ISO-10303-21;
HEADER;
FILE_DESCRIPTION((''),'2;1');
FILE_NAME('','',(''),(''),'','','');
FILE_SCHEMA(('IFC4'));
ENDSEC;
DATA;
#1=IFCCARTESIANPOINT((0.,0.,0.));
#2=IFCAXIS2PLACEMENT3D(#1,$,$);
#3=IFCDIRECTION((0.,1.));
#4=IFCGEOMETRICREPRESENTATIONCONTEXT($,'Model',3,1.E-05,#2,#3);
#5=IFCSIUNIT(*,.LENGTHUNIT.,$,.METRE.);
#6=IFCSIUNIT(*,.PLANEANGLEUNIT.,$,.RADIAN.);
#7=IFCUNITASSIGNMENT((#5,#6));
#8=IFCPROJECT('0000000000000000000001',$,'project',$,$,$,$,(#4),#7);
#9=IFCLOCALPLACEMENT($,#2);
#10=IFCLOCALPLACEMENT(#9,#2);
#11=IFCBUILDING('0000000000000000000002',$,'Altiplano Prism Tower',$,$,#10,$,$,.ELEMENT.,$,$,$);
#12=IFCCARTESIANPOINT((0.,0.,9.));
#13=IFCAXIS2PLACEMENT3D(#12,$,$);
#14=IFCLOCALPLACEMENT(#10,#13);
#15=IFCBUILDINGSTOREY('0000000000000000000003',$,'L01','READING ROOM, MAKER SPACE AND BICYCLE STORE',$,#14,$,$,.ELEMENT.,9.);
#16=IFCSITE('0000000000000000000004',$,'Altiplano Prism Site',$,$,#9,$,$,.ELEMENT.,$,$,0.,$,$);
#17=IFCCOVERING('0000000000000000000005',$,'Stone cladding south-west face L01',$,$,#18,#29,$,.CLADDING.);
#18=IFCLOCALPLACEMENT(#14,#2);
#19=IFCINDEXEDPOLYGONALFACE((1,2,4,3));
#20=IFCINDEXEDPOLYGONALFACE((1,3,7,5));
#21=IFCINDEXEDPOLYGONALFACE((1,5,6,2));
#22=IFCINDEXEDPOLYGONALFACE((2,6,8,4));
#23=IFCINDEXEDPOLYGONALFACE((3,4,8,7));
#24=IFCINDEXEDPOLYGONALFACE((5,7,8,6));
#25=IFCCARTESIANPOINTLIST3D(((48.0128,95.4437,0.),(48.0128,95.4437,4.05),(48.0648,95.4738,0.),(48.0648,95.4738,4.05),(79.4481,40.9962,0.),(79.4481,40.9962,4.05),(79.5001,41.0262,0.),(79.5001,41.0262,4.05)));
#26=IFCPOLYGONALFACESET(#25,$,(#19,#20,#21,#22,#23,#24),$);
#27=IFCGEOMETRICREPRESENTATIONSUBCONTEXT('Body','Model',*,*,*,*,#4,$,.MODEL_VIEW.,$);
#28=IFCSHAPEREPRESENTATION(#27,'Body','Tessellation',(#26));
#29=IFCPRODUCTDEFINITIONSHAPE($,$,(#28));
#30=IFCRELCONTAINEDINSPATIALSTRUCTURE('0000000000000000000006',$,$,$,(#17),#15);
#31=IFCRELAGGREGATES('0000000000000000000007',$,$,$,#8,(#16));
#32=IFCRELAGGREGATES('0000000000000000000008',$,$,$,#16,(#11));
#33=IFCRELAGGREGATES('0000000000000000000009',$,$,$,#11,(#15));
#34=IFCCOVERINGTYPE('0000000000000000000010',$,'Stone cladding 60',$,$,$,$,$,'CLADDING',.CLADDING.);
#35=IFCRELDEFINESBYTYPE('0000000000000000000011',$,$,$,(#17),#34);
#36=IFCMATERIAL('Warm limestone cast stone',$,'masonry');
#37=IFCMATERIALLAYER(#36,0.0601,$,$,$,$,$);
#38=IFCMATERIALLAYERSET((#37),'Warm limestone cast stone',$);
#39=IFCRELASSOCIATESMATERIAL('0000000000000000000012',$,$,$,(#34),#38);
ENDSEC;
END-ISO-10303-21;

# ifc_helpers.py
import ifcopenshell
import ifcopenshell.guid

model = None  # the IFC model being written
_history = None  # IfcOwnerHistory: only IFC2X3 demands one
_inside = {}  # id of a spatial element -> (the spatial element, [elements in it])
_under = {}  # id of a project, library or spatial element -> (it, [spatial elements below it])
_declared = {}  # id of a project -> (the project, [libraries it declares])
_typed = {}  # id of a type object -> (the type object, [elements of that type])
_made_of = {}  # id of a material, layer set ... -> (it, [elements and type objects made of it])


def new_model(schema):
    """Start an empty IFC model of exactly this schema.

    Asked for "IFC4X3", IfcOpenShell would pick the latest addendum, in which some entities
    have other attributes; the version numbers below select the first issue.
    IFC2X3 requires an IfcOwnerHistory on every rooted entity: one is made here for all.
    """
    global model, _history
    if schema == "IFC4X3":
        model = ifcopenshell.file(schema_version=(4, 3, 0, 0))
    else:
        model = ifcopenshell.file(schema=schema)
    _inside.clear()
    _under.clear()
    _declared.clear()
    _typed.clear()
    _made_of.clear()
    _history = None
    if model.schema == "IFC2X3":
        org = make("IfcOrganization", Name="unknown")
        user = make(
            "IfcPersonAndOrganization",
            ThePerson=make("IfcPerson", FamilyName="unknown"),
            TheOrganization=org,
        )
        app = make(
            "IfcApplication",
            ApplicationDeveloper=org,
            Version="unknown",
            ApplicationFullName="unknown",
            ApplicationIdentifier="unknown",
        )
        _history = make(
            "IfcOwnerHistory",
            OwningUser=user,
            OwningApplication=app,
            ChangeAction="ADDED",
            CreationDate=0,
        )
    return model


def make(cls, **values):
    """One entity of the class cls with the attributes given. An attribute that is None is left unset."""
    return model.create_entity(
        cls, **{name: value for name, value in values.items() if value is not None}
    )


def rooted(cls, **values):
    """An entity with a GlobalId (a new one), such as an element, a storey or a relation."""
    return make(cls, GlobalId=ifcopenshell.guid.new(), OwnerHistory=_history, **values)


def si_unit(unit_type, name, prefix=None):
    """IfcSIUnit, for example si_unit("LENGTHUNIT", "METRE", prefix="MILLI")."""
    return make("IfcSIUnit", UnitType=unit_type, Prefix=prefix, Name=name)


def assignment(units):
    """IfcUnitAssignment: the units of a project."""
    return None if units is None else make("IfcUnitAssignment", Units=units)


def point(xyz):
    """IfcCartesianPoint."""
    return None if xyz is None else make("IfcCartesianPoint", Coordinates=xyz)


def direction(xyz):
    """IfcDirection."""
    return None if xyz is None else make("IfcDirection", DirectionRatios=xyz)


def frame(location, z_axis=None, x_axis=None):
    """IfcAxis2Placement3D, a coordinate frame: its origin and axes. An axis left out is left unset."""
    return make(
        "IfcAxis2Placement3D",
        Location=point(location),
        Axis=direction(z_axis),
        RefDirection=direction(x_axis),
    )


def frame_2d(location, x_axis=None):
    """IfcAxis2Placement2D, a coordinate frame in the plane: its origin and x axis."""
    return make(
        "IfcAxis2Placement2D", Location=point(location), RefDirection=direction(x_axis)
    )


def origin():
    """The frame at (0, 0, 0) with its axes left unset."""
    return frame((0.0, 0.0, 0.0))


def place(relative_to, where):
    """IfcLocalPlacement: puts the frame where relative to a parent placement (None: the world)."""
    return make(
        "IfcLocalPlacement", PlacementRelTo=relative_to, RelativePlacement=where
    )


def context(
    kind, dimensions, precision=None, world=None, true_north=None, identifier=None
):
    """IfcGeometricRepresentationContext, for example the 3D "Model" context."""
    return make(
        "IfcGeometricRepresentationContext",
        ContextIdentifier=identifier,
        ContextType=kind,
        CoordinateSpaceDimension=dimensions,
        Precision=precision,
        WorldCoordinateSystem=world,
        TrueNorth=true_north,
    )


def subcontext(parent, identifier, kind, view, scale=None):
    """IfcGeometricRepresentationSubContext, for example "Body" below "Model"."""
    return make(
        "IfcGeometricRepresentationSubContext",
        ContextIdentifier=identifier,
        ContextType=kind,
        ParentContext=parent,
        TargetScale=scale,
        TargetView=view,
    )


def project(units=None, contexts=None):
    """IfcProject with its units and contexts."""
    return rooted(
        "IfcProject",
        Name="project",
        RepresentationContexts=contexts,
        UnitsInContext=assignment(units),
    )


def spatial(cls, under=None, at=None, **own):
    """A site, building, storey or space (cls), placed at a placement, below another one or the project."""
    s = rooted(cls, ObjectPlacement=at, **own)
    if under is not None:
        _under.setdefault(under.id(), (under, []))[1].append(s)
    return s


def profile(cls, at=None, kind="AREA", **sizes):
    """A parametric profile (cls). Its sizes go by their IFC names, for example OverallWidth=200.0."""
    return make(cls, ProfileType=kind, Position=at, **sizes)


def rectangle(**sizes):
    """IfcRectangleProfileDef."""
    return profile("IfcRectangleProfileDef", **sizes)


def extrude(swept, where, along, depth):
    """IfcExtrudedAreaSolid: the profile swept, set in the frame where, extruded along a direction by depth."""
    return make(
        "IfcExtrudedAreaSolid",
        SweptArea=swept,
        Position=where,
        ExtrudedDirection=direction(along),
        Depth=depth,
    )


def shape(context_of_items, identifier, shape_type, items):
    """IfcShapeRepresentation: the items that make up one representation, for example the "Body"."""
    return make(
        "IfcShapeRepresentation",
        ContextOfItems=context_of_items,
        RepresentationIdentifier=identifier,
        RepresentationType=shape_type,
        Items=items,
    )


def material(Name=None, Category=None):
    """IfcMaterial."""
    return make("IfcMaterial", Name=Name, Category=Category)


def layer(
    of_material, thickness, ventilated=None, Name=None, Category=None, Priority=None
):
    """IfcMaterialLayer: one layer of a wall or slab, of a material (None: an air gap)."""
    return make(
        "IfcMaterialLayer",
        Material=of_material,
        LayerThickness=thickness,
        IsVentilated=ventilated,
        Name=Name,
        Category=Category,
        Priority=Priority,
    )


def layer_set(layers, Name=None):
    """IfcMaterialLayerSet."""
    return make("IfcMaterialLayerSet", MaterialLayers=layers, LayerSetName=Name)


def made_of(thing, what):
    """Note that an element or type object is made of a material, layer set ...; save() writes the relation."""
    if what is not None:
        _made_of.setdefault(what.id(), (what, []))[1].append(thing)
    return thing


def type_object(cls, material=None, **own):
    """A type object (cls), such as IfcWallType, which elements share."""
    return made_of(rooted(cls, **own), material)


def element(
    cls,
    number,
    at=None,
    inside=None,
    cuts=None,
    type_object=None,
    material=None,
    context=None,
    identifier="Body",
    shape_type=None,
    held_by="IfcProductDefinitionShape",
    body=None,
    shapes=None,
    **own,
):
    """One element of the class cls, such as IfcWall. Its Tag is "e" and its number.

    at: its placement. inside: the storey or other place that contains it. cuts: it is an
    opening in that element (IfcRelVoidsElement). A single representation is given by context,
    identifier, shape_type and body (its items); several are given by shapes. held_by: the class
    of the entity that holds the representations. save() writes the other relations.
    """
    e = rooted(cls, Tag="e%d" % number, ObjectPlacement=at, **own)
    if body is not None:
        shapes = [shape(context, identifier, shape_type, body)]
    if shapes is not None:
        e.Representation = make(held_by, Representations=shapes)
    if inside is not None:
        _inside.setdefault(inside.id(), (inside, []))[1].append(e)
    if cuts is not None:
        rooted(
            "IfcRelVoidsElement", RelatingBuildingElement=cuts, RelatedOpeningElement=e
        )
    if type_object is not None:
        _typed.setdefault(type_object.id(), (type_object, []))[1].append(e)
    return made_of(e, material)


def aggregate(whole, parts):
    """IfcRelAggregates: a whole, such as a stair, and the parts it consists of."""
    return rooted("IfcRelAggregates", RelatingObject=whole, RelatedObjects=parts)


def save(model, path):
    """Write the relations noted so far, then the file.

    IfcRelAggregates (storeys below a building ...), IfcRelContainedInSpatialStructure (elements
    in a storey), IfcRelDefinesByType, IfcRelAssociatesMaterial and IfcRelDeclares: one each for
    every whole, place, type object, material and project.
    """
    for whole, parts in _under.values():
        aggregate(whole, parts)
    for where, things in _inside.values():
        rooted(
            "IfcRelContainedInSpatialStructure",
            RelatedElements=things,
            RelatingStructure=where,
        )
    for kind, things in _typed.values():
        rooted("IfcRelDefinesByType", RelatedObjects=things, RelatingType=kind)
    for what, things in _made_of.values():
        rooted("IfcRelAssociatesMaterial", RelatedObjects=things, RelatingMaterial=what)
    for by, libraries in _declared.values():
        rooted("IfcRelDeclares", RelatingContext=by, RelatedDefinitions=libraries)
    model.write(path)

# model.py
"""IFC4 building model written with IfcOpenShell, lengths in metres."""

from ifc_helpers import new_model, si_unit, direction, frame, frame_2d, origin, place, context, subcontext, project, spatial, rectangle, extrude, material, layer, layer_set, type_object, element, save


model = new_model("IFC4")

# Units and contexts
model_context = context("Model", 3, precision=1e-05, world=origin(), true_north=direction((0.0, 1.0)))
body_context = subcontext(model_context, "Body", "Model", "MODEL_VIEW")
ifc_project = project(units=[si_unit("LENGTHUNIT", "METRE"), si_unit("PLANEANGLEUNIT", "RADIAN")], contexts=[model_context])

# Site, building, storey
site_placement = place(None, origin())
site = spatial("IfcSite", under=ifc_project, at=site_placement, Name="Altiplano Prism Site", CompositionType="ELEMENT", RefElevation=0.0)
building_placement = place(site_placement, origin())
building = spatial("IfcBuilding", under=site, at=building_placement, Name="Altiplano Prism Tower", CompositionType="ELEMENT")
storey_placement = place(building_placement, frame((0.0, 0.0, 9.0)))
storey = spatial("IfcBuildingStorey", under=building, at=storey_placement, Name="L01", Description="READING ROOM, MAKER SPACE AND BICYCLE STORE", CompositionType="ELEMENT", Elevation=9.0)

# Covering
ifc_material_1 = material(Name="Warm limestone cast stone", Category="masonry")
ifc_layer_1 = layer(ifc_material_1, 0.0601)
ifc_layer_set_1 = layer_set([ifc_layer_1], Name="Warm limestone cast stone")
covering_type = type_object("IfcCoveringType", Name="Stone cladding 60", ElementType="CLADDING", PredefinedType="CLADDING", material=ifc_layer_set_1)
covering_placement = place(storey_placement, frame((79.4741, 41.0112, 0.0), z_axis=(0.0, 0.0, 1.0), x_axis=(-0.5, 0.866025, 0.0)))
element("IfcCovering", 1, at=covering_placement, inside=storey, type_object=covering_type, Name="Stone cladding south-west face L01", PredefinedType="CLADDING", context=body_context, shape_type="SweptSolid", body=[
    extrude(rectangle(XDim=62.8706, YDim=0.0601, at=frame_2d((31.4353, 0.0))), origin(), (0.0, 0.0, 1.0), 4.05),
])

save(model, "model.ifc")
